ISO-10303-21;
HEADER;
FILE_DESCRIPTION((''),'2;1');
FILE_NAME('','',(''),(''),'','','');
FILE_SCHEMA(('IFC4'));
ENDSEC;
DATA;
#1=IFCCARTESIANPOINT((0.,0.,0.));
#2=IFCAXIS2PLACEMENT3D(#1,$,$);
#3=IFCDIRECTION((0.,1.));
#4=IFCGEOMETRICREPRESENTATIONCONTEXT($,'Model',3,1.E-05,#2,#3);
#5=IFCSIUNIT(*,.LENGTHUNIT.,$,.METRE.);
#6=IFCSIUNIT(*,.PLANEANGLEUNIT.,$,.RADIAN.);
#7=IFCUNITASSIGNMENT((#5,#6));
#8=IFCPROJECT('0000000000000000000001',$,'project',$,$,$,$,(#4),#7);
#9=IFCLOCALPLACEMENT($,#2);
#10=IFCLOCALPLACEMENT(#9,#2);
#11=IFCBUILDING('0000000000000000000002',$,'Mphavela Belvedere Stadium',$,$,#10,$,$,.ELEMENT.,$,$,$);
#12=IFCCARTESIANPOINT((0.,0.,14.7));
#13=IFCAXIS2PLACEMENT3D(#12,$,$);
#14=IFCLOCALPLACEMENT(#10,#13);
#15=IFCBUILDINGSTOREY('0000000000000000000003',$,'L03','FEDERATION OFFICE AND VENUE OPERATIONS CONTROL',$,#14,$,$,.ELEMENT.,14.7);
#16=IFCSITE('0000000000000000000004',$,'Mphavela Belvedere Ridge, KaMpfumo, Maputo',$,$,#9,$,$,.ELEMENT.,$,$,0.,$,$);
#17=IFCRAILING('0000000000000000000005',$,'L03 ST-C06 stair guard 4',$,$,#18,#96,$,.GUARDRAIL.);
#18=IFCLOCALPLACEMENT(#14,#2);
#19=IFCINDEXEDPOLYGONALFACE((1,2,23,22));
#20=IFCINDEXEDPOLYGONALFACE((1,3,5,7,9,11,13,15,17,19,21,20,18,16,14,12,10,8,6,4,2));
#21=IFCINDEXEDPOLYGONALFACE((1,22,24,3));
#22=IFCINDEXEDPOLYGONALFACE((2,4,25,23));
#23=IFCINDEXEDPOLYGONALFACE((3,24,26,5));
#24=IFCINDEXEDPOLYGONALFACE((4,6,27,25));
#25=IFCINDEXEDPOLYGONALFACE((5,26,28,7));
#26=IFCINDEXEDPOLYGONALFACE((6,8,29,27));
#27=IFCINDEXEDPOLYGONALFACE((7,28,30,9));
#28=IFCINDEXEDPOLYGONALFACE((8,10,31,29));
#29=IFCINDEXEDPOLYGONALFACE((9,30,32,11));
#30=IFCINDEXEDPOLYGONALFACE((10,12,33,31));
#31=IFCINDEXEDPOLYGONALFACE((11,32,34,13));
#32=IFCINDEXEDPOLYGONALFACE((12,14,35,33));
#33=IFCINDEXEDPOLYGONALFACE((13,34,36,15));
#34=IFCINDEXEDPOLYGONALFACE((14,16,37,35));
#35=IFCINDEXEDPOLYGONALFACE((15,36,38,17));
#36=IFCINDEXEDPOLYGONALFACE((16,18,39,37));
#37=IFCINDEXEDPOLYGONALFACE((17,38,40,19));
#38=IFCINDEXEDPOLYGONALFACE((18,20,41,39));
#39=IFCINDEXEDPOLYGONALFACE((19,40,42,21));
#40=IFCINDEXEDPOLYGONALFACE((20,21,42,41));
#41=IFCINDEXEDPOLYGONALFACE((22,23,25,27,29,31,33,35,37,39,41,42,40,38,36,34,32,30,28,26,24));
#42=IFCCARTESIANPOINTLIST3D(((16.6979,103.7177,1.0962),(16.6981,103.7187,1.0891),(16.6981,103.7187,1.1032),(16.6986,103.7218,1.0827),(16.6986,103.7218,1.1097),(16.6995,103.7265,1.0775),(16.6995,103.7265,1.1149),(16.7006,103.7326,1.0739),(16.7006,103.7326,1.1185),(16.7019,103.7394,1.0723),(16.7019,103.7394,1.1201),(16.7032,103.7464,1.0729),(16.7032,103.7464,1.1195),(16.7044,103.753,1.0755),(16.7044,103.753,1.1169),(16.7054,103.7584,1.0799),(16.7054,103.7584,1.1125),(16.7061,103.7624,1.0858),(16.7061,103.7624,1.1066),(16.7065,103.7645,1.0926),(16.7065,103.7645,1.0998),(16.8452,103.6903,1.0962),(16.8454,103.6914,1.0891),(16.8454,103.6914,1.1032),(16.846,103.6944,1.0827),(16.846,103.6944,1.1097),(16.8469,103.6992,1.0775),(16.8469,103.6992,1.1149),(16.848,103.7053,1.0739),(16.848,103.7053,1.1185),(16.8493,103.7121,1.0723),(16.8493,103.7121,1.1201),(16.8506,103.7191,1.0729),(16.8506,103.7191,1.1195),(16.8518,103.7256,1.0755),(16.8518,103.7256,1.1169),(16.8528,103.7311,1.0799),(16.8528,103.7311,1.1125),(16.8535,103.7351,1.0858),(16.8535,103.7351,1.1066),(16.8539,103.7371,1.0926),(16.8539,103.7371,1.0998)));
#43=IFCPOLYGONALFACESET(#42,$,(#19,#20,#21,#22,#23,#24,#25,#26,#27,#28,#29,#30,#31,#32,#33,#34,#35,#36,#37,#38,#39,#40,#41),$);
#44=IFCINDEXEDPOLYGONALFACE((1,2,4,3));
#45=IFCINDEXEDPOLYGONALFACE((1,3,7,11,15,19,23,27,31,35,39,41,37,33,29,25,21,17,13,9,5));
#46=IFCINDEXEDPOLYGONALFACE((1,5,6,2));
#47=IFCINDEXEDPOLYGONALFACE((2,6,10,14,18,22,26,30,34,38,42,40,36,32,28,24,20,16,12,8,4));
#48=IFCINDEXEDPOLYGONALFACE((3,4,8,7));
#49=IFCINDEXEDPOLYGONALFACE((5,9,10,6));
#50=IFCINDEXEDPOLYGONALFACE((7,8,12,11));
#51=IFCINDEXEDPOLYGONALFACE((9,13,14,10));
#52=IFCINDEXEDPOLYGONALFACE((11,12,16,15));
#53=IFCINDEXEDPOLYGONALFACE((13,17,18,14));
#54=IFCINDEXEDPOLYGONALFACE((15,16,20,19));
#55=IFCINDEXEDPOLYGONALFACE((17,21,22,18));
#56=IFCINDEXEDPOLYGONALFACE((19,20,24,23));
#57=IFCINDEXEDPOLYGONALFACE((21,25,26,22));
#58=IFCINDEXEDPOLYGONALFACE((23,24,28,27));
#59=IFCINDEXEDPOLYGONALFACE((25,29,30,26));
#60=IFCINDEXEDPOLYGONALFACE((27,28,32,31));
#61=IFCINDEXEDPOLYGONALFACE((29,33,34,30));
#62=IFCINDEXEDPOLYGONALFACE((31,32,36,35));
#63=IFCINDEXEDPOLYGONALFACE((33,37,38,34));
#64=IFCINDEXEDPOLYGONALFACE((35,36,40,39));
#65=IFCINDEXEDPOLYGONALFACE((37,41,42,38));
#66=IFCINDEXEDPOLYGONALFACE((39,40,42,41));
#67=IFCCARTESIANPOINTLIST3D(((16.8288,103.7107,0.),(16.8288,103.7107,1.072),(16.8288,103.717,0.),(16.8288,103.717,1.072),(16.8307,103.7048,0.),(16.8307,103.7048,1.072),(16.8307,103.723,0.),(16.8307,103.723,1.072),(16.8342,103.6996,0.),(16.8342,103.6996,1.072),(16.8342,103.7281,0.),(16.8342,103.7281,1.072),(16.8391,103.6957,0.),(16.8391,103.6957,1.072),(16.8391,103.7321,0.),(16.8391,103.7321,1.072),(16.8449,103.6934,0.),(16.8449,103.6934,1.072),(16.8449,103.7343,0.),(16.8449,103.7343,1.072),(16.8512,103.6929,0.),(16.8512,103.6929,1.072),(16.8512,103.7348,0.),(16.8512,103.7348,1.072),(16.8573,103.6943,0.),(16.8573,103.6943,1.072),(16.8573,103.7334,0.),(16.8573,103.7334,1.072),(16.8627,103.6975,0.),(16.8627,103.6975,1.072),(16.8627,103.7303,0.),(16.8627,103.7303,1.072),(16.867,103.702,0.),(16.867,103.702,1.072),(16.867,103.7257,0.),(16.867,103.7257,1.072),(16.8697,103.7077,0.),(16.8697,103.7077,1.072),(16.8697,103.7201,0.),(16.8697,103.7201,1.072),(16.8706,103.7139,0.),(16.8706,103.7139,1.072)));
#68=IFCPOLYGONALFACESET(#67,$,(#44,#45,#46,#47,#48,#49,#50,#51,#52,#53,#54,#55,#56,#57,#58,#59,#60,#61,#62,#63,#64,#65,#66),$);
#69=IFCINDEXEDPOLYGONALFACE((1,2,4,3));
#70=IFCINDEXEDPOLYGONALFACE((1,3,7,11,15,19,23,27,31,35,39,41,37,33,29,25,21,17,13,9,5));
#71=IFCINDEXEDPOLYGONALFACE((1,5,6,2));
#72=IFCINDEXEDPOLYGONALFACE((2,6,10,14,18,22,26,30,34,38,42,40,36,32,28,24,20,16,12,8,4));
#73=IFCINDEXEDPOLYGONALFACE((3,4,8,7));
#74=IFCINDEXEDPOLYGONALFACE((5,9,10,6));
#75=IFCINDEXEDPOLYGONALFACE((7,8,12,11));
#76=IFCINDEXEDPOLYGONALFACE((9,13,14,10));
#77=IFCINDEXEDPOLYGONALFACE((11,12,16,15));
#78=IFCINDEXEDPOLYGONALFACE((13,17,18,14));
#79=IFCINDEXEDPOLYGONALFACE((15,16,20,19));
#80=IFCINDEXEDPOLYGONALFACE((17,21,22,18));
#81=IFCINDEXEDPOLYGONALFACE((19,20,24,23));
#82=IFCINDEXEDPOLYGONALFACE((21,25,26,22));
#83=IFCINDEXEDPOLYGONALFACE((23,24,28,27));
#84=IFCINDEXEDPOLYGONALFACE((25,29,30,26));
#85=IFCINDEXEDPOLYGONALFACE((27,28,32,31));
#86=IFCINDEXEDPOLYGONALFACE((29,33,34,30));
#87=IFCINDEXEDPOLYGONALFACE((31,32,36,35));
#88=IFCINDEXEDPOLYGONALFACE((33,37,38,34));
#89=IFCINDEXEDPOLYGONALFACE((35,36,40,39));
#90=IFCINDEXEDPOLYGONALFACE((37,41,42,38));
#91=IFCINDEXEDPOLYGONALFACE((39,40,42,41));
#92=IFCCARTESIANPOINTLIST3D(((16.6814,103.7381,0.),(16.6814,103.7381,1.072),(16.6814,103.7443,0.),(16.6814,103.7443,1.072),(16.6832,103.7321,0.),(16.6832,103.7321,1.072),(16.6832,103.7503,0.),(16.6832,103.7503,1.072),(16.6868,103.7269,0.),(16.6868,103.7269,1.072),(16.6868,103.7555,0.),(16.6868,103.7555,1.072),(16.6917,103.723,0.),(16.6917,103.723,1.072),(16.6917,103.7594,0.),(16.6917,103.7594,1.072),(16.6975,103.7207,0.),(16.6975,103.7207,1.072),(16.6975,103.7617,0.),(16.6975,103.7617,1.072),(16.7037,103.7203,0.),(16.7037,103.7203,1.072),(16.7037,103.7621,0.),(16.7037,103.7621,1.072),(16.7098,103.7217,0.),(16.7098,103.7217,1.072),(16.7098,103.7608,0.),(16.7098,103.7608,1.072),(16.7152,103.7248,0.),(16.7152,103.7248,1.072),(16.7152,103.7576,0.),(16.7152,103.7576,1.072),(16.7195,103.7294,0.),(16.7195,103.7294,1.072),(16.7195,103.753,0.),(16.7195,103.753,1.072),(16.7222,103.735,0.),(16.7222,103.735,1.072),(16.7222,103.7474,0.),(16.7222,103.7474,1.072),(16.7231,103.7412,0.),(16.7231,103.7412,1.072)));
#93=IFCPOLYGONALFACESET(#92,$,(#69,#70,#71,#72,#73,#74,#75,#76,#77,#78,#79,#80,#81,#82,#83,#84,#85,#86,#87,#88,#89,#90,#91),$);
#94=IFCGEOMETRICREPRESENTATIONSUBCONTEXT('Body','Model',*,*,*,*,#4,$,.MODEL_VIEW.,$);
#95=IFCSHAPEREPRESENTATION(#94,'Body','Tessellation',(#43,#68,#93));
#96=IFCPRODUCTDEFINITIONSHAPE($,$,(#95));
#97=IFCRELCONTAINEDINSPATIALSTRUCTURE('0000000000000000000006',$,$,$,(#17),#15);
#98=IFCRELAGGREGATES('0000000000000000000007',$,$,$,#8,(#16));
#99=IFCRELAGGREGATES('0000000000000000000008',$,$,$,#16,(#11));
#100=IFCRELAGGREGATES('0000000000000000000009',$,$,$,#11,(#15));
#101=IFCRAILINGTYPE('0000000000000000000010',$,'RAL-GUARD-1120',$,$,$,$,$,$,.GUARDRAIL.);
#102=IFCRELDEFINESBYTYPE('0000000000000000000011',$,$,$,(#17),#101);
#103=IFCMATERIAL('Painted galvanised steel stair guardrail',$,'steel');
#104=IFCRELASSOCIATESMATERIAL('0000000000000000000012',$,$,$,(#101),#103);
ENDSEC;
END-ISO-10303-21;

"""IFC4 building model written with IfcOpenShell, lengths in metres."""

from ifc_helpers import new_model, si_unit, direction, frame, origin, origin_2d, place, context, subcontext, project, spatial, circle, extrude, material, type_object, element, save


model = new_model("IFC4")

# Units and contexts
model_context = context("Model", 3, precision=1e-05, world=origin(), true_north=direction((0.0, 1.0)))
body_context = subcontext(model_context, "Body", "Model", "MODEL_VIEW")
ifc_project = project(units=[si_unit("LENGTHUNIT", "METRE"), si_unit("PLANEANGLEUNIT", "RADIAN")], contexts=[model_context])

# Site, building, storey
site_placement = place(None, origin())
site = spatial("IfcSite", under=ifc_project, at=site_placement, Name="Mphavela Belvedere Ridge, KaMpfumo, Maputo", CompositionType="ELEMENT", RefElevation=0.0)
building_placement = place(site_placement, origin())
building = spatial("IfcBuilding", under=site, at=building_placement, Name="Mphavela Belvedere Stadium", CompositionType="ELEMENT")
storey_placement = place(building_placement, frame((0.0, 0.0, 14.7)))
storey = spatial("IfcBuildingStorey", under=building, at=storey_placement, Name="L03", Description="FEDERATION OFFICE AND VENUE OPERATIONS CONTROL", CompositionType="ELEMENT", Elevation=14.7)

# Railing
ifc_material_1 = material(Name="Painted galvanised steel stair guardrail", Category="steel")
railing_type_1 = type_object("IfcRailingType", Name="RAL-GUARD-1120", PredefinedType="GUARDRAIL", material=ifc_material_1)
railing_1_placement = place(storey_placement, frame((16.8496, 103.7139, 0.0)))
element("IfcRailing", 1, at=railing_1_placement, inside=storey, type_object=railing_type_1, Name="L03 ST-C06 stair guard 4", PredefinedType="GUARDRAIL", context=body_context, shape_type="SweptSolid", body=[
    extrude(circle(Radius=0.0239, at=origin_2d()), frame((0.0, 0.0, 1.0962), z_axis=(-0.983239, 0.182322, 0.0), x_axis=(-0.182322, -0.983239, 0.0)), (0.0, 0.0, 1.0), 0.1499),
    extrude(circle(Radius=0.021, at=origin_2d()), origin(), (0.0, 0.0, 1.0), 1.072),
    extrude(circle(Radius=0.021, at=origin_2d()), frame((-0.1475, 0.0273, 0.0)), (0.0, 0.0, 1.0), 1.072),
])

save(model, "model.ifc")
